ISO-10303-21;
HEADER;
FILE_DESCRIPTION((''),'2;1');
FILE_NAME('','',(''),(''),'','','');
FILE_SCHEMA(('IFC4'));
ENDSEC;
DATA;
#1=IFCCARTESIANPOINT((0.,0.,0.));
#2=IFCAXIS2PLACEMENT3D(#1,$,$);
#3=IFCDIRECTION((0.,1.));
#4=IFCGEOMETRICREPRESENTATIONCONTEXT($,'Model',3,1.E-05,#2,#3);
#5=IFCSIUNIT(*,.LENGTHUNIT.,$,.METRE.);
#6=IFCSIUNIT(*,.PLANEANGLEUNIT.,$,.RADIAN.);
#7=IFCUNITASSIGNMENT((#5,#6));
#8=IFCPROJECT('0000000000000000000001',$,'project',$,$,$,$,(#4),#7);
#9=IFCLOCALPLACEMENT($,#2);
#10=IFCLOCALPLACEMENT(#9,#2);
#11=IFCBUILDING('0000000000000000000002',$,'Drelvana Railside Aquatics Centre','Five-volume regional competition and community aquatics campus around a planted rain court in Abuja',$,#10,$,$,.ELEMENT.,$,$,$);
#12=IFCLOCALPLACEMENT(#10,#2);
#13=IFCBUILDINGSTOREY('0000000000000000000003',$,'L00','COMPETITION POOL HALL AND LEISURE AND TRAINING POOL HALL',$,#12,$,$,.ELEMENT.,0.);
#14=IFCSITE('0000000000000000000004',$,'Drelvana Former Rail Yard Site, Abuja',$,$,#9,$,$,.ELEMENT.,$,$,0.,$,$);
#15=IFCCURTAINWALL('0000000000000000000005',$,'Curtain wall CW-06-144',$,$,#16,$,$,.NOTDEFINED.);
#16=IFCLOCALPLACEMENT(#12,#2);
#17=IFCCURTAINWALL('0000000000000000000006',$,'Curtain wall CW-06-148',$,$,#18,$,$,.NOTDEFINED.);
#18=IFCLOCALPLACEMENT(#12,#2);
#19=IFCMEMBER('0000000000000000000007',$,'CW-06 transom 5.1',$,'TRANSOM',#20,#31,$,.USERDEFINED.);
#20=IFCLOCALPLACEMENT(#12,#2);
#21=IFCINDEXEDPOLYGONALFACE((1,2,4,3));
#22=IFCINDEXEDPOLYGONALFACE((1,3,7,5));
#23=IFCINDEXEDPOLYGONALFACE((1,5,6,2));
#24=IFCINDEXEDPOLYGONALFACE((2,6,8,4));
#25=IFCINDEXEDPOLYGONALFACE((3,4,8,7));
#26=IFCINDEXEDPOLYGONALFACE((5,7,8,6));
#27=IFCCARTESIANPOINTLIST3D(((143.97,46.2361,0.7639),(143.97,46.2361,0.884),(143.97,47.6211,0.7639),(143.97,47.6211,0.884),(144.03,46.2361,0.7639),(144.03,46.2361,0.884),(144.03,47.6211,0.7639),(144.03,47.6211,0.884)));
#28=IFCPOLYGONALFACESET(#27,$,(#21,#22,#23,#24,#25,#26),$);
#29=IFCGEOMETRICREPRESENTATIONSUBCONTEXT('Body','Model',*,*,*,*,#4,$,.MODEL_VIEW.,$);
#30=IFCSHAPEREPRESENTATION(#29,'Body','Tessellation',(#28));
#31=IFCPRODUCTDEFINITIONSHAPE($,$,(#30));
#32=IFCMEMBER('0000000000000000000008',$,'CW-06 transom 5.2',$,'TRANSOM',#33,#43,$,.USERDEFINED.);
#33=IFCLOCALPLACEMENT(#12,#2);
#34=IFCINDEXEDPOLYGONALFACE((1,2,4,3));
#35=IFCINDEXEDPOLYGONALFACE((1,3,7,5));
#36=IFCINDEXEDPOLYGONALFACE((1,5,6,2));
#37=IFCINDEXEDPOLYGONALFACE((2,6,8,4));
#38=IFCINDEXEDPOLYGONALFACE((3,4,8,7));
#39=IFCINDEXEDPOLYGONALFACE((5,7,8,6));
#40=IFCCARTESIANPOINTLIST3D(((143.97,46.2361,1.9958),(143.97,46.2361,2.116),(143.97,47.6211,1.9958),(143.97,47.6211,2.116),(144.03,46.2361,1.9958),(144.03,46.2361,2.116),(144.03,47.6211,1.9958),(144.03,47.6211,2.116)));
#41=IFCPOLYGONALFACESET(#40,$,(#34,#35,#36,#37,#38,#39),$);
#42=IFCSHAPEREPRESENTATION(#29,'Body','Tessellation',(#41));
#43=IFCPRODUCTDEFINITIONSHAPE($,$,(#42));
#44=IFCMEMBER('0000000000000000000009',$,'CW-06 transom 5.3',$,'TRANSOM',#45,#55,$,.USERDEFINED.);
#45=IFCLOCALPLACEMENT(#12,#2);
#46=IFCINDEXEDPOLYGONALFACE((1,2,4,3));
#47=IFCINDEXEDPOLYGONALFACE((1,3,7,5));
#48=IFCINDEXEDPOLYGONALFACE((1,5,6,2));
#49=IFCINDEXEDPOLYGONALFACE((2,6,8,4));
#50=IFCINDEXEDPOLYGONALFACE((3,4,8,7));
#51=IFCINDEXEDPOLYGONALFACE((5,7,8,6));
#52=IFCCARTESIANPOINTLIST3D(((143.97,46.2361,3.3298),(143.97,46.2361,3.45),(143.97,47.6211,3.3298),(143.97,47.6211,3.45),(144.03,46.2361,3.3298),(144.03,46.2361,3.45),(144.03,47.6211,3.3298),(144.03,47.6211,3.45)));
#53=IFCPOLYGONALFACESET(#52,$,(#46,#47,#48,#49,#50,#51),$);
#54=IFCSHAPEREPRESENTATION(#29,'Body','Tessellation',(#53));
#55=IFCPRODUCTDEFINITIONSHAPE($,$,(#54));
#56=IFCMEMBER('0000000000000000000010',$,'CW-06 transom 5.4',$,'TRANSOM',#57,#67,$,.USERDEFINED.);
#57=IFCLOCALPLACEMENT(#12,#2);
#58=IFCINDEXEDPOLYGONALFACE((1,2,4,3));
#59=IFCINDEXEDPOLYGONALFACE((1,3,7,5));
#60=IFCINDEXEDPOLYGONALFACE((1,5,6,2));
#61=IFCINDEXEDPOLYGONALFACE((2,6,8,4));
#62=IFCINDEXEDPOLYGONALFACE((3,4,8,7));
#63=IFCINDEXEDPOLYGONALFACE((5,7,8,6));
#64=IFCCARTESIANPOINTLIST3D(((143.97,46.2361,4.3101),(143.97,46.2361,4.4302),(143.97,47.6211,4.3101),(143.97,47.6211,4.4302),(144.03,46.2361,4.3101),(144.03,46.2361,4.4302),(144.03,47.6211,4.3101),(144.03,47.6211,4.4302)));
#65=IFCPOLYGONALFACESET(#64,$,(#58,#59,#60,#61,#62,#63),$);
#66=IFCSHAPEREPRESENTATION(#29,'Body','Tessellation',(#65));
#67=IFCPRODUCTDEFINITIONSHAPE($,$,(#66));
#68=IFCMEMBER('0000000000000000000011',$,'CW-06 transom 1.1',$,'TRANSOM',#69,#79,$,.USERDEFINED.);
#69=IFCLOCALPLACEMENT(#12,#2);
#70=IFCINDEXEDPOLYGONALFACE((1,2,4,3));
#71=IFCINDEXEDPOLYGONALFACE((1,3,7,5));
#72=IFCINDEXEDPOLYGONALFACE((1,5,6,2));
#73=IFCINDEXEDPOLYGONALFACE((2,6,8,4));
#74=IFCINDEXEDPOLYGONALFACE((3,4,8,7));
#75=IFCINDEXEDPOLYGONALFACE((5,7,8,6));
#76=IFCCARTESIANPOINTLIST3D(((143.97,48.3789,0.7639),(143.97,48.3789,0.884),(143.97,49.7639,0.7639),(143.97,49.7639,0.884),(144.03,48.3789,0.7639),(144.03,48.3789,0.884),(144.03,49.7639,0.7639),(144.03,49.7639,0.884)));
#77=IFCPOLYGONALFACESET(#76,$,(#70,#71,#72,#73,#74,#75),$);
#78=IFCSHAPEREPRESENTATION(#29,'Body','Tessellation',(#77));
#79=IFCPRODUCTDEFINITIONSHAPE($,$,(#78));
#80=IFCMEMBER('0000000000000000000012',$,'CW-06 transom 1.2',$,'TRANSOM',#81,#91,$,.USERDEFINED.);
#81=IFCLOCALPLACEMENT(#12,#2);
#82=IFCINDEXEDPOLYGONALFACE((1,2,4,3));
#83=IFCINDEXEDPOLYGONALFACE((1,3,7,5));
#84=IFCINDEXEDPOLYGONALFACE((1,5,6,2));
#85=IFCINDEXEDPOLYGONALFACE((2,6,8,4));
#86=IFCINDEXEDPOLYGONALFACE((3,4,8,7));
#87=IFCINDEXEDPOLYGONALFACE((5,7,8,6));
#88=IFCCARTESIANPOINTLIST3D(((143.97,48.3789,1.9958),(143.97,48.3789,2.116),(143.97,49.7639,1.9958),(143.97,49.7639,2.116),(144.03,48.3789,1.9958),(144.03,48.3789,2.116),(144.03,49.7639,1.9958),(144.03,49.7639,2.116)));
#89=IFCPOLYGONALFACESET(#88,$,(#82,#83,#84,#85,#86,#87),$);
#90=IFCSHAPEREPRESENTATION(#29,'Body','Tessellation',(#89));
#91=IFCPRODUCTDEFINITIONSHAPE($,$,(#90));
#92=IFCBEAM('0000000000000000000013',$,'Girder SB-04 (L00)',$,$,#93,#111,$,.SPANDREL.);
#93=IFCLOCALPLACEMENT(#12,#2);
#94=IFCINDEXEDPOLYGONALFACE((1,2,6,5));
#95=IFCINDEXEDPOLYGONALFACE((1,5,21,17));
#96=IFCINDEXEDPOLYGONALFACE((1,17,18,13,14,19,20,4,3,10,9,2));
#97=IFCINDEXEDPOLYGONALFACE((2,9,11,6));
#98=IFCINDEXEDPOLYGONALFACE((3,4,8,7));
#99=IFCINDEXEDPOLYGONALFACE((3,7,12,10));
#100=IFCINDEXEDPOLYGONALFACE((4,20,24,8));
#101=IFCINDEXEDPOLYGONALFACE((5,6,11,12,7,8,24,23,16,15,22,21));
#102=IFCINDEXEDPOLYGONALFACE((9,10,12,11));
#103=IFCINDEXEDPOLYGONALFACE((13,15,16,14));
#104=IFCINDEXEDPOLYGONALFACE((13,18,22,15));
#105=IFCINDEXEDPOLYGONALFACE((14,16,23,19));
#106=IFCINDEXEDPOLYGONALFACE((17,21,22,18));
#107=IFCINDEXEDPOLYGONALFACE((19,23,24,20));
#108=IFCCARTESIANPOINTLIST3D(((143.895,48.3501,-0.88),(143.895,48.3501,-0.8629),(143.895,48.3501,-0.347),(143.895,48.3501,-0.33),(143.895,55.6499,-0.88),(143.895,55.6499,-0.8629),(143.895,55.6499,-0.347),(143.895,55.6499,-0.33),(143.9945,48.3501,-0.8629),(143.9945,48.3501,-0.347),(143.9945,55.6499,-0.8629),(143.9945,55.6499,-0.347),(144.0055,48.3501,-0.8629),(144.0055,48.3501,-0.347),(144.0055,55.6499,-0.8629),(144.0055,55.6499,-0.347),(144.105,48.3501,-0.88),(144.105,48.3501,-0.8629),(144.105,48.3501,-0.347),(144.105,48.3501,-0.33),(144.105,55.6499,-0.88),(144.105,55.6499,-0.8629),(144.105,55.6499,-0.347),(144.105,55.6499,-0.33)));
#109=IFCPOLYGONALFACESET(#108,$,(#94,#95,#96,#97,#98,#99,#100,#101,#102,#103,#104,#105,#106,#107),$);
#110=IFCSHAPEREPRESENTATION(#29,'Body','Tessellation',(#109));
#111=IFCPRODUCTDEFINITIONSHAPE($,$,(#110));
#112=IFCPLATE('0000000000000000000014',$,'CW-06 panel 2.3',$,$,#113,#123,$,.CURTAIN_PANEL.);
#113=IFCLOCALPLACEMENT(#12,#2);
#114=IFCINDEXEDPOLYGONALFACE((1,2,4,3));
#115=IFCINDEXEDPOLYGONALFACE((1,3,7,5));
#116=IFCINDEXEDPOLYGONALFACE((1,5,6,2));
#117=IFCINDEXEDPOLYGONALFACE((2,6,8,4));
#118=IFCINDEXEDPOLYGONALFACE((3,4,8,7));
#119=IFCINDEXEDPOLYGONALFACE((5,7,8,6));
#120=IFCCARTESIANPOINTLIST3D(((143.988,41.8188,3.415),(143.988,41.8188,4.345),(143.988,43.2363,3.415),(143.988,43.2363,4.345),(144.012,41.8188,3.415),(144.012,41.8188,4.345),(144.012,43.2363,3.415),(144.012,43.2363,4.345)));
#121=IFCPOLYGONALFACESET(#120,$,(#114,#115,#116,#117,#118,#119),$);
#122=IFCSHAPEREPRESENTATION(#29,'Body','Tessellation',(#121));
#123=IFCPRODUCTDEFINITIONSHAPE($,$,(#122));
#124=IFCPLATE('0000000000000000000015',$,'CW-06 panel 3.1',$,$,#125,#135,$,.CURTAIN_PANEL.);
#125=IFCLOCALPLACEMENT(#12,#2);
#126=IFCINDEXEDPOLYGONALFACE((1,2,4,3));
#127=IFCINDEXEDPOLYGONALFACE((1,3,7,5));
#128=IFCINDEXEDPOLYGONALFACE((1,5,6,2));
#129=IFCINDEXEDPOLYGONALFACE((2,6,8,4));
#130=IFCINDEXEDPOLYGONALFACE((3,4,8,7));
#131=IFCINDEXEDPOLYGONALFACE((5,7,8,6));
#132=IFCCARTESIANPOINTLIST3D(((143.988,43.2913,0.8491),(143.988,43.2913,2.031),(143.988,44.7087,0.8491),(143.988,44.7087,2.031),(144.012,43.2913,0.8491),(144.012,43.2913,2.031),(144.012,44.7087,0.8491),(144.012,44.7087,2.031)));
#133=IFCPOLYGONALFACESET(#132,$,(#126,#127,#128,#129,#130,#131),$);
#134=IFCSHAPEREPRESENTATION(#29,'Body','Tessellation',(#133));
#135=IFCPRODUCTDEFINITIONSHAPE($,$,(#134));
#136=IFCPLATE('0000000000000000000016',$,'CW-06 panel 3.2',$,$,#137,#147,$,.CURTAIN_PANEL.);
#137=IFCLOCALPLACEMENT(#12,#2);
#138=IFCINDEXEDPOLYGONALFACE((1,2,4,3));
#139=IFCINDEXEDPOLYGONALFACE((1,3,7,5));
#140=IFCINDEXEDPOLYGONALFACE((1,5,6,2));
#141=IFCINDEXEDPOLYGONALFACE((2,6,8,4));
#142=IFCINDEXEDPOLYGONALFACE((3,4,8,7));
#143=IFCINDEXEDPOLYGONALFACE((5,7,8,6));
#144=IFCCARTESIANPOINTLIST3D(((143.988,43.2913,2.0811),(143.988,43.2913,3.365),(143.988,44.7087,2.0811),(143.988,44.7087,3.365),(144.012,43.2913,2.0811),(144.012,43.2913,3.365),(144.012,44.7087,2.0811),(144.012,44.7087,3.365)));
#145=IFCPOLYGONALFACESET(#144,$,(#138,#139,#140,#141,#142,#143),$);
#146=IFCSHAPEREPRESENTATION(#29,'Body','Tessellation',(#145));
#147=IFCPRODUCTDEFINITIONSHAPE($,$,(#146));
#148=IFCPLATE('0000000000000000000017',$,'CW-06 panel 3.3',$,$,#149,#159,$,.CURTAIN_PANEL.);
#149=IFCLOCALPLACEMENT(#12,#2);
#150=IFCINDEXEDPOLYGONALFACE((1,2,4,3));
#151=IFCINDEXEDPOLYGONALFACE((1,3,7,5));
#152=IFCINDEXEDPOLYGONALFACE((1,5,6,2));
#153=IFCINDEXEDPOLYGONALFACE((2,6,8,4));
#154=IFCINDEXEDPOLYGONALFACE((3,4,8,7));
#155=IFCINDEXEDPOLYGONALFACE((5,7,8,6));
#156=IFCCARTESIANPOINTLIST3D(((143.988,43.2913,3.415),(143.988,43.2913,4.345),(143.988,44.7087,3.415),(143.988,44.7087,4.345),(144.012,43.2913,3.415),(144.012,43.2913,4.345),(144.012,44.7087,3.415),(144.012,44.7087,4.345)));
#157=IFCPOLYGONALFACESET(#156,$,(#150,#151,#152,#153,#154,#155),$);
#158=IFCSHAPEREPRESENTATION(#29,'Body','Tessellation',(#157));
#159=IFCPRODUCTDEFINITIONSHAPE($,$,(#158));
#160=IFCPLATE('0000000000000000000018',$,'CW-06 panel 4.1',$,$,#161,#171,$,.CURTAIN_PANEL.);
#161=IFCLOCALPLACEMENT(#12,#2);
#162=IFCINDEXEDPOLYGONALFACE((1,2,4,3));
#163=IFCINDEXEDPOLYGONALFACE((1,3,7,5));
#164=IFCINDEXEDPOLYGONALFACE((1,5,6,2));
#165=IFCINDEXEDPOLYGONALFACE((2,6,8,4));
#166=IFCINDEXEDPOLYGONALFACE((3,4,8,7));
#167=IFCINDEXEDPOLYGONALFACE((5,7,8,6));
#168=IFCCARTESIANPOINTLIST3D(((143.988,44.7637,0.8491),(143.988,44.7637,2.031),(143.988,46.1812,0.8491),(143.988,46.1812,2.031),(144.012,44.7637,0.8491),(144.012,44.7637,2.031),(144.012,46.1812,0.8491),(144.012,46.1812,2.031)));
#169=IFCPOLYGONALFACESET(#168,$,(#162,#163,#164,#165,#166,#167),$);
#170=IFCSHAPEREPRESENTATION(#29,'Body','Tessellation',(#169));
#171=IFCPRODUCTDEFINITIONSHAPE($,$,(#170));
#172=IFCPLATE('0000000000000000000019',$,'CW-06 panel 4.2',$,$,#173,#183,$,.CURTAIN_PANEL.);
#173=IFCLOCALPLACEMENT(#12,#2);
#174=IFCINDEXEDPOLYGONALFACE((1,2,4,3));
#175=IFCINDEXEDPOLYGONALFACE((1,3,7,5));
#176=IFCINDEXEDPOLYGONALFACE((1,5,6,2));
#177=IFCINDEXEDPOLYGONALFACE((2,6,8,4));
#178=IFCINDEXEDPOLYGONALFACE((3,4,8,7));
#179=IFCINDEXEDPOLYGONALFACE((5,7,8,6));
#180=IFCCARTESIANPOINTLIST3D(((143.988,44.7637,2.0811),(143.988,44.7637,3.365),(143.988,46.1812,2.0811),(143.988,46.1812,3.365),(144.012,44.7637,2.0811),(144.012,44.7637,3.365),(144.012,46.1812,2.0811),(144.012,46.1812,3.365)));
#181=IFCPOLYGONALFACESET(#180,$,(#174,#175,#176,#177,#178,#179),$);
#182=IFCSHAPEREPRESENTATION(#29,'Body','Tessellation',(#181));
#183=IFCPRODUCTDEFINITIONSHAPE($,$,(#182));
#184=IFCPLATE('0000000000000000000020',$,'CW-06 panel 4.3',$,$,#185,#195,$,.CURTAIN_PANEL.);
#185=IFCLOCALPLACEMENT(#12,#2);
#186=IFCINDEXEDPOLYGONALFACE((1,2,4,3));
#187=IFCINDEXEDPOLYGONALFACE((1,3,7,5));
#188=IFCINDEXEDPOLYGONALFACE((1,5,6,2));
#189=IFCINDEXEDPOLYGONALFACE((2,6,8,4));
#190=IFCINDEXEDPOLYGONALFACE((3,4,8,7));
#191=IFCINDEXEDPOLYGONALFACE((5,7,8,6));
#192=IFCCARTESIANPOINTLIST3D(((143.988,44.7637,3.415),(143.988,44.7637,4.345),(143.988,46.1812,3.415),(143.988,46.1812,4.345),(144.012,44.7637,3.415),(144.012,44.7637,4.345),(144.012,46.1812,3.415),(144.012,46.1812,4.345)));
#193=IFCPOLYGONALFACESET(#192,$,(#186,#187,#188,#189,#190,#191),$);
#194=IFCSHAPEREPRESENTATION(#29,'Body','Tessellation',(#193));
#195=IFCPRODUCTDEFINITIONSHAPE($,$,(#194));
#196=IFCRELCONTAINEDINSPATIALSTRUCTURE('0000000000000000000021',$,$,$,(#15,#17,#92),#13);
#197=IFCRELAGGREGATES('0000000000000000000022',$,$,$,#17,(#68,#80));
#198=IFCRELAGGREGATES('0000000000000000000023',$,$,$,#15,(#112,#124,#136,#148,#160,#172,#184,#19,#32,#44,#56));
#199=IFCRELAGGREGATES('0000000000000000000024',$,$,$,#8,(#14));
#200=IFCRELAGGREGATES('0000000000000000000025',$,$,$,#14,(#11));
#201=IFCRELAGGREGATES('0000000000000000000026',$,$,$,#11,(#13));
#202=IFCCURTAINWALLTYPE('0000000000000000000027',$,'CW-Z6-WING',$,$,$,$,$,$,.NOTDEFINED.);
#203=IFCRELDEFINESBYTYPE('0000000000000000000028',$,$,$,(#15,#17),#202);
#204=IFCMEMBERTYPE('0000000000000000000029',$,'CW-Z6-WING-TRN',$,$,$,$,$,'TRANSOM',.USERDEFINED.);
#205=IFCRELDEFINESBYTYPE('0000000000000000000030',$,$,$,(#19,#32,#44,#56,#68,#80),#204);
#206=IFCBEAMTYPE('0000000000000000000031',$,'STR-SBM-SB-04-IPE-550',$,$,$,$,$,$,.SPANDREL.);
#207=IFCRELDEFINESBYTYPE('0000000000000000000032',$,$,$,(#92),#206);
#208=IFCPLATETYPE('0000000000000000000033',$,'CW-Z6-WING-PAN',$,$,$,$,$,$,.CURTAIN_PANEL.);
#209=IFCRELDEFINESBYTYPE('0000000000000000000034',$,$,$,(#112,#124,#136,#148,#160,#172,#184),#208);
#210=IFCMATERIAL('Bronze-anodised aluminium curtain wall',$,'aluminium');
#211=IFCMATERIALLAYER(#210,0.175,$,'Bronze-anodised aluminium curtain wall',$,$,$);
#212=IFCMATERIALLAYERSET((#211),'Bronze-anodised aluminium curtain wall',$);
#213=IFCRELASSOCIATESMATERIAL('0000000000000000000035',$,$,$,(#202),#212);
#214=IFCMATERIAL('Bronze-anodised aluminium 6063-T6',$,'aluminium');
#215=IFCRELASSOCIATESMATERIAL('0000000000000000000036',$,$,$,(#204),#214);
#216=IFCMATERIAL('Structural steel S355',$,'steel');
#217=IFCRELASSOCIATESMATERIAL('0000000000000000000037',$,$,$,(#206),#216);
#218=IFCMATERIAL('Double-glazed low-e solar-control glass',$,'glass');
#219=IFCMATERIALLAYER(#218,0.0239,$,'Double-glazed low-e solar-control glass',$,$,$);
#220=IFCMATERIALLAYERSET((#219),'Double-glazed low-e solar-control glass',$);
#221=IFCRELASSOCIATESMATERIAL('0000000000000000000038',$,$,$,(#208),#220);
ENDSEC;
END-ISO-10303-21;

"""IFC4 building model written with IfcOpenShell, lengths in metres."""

from ifc_helpers import new_model, si_unit, direction, frame, origin, origin_2d, place, context, subcontext, project, spatial, rectangle, i_section, extrude, material, layer, layer_set, material_profile, profile_set, type_object, element, aggregate, save


model = new_model("IFC4")

# Units and contexts
model_context = context("Model", 3, precision=1e-05, world=origin(), true_north=direction((0.0, 1.0)))
body_context = subcontext(model_context, "Body", "Model", "MODEL_VIEW")
ifc_project = project(units=[si_unit("LENGTHUNIT", "METRE"), si_unit("PLANEANGLEUNIT", "RADIAN")], contexts=[model_context])

# Site, building, storey
site_placement = place(None, origin())
site = spatial("IfcSite", under=ifc_project, at=site_placement, Name="Drelvana Former Rail Yard Site, Abuja", CompositionType="ELEMENT", RefElevation=0.0)
building_placement = place(site_placement, origin())
building = spatial("IfcBuilding", under=site, at=building_placement, Name="Drelvana Railside Aquatics Centre", Description="Five-volume regional competition and community aquatics campus around a planted rain court in Abuja", CompositionType="ELEMENT")
storey_placement = place(building_placement, origin())
storey = spatial("IfcBuildingStorey", under=building, at=storey_placement, Name="L00", Description="COMPETITION POOL HALL AND LEISURE AND TRAINING POOL HALL", CompositionType="ELEMENT", Elevation=0.0)

# Curtain wall
ifc_material_1 = material(Name="Bronze-anodised aluminium curtain wall", Category="aluminium")
ifc_layer_1 = layer(ifc_material_1, 0.175, Name="Bronze-anodised aluminium curtain wall")
ifc_layer_set_1 = layer_set([ifc_layer_1], Name="Bronze-anodised aluminium curtain wall")
curtain_wall_type = type_object("IfcCurtainWallType", Name="CW-Z6-WING", PredefinedType="NOTDEFINED", material=ifc_layer_set_1)
curtain_wall_1_placement = place(storey_placement, origin())
curtain_wall_1 = element("IfcCurtainWall", 1, at=curtain_wall_1_placement, inside=storey, type_object=curtain_wall_type, Name="Curtain wall CW-06-144", PredefinedType="NOTDEFINED")
ifc_material_2 = material(Name="Bronze-anodised aluminium 6063-T6", Category="aluminium")

# Curtain wall
curtain_wall_2_placement = place(storey_placement, origin())
curtain_wall_2 = element("IfcCurtainWall", 2, at=curtain_wall_2_placement, inside=storey, type_object=curtain_wall_type, Name="Curtain wall CW-06-148", PredefinedType="NOTDEFINED")

# Members
ifc_material_profile_1 = material_profile(ifc_material_2, rectangle(XDim=0.1201, YDim=0.0601, at=origin_2d()), Name="ALU-T 60x120")
ifc_profile_set_1 = profile_set([ifc_material_profile_1], Name="Bronze-anodised aluminium 6063-T6")
member_type_1 = type_object("IfcMemberType", Name="CW-Z6-WING-TRN", ElementType="TRANSOM", PredefinedType="USERDEFINED", material=ifc_profile_set_1)
member_1_placement = place(storey_placement, frame((144.0, 46.2361, 0.824), z_axis=(0.0, 1.0, 0.0), x_axis=(0.0, 0.0, 1.0)))
member_1 = element("IfcMember", 3, at=member_1_placement, type_object=member_type_1, Name="CW-06 transom 5.1", ObjectType="TRANSOM", PredefinedType="USERDEFINED", context=body_context, shape_type="SweptSolid", body=[
    extrude(rectangle(XDim=0.1201, YDim=0.0601, at=origin_2d()), origin(), (0.0, 0.0, 1.0), 1.385),
])
member_2_placement = place(storey_placement, frame((144.0, 46.2361, 2.0559), z_axis=(0.0, 1.0, 0.0), x_axis=(0.0, 0.0, 1.0)))
member_2 = element("IfcMember", 4, at=member_2_placement, type_object=member_type_1, Name="CW-06 transom 5.2", ObjectType="TRANSOM", PredefinedType="USERDEFINED", context=body_context, shape_type="SweptSolid", body=[
    extrude(rectangle(XDim=0.1201, YDim=0.0601, at=origin_2d()), origin(), (0.0, 0.0, 1.0), 1.385),
])
member_3_placement = place(storey_placement, frame((144.0, 46.2361, 3.3899), z_axis=(0.0, 1.0, 0.0), x_axis=(0.0, 0.0, 1.0)))
member_3 = element("IfcMember", 5, at=member_3_placement, type_object=member_type_1, Name="CW-06 transom 5.3", ObjectType="TRANSOM", PredefinedType="USERDEFINED", context=body_context, shape_type="SweptSolid", body=[
    extrude(rectangle(XDim=0.1201, YDim=0.0601, at=origin_2d()), origin(), (0.0, 0.0, 1.0), 1.385),
])
member_4_placement = place(storey_placement, frame((144.0, 46.2361, 4.3701), z_axis=(0.0, 1.0, 0.0), x_axis=(0.0, 0.0, 1.0)))
member_4 = element("IfcMember", 6, at=member_4_placement, type_object=member_type_1, Name="CW-06 transom 5.4", ObjectType="TRANSOM", PredefinedType="USERDEFINED", context=body_context, shape_type="SweptSolid", body=[
    extrude(rectangle(XDim=0.1201, YDim=0.0601, at=origin_2d()), origin(), (0.0, 0.0, 1.0), 1.385),
])
member_5_placement = place(storey_placement, frame((144.0, 48.3789, 0.824), z_axis=(0.0, 1.0, 0.0), x_axis=(0.0, 0.0, 1.0)))
member_5 = element("IfcMember", 7, at=member_5_placement, type_object=member_type_1, Name="CW-06 transom 1.1", ObjectType="TRANSOM", PredefinedType="USERDEFINED", context=body_context, shape_type="SweptSolid", body=[
    extrude(rectangle(XDim=0.1201, YDim=0.0601, at=origin_2d()), origin(), (0.0, 0.0, 1.0), 1.385),
])
member_6_placement = place(storey_placement, frame((144.0, 48.3789, 2.0559), z_axis=(0.0, 1.0, 0.0), x_axis=(0.0, 0.0, 1.0)))
member_6 = element("IfcMember", 8, at=member_6_placement, type_object=member_type_1, Name="CW-06 transom 1.2", ObjectType="TRANSOM", PredefinedType="USERDEFINED", context=body_context, shape_type="SweptSolid", body=[
    extrude(rectangle(XDim=0.1201, YDim=0.0601, at=origin_2d()), origin(), (0.0, 0.0, 1.0), 1.385),
])
aggregate(curtain_wall_2, [member_5, member_6])

# Beam
ifc_material_3 = material(Name="Structural steel S355", Category="steel")
ifc_material_profile_2 = material_profile(ifc_material_3, i_section(OverallWidth=0.21, OverallDepth=0.55, WebThickness=0.011, FlangeThickness=0.0171, at=origin_2d()), Name="IPE 550")
ifc_profile_set_2 = profile_set([ifc_material_profile_2], Name="Structural steel S355")
beam_type = type_object("IfcBeamType", Name="STR-SBM-SB-04-IPE-550", PredefinedType="SPANDREL", material=ifc_profile_set_2)
beam_placement = place(storey_placement, frame((144.0, 48.3501, -0.605), z_axis=(0.0, 1.0, 0.0), x_axis=(-1.0, 0.0, 0.0)))
element("IfcBeam", 9, at=beam_placement, inside=storey, type_object=beam_type, Name="Girder SB-04 (L00)", PredefinedType="SPANDREL", context=body_context, shape_type="SweptSolid", body=[
    extrude(i_section(OverallWidth=0.21, OverallDepth=0.55, WebThickness=0.011, FlangeThickness=0.0171, at=origin_2d()), origin(), (0.0, 0.0, 1.0), 7.2998),
])

# Plates
ifc_material_4 = material(Name="Double-glazed low-e solar-control glass", Category="glass")
ifc_layer_2 = layer(ifc_material_4, 0.0239, Name="Double-glazed low-e solar-control glass")
ifc_layer_set_2 = layer_set([ifc_layer_2], Name="Double-glazed low-e solar-control glass")
plate_type = type_object("IfcPlateType", Name="CW-Z6-WING-PAN", PredefinedType="CURTAIN_PANEL", material=ifc_layer_set_2)
plate_1_placement = place(storey_placement, frame((144.0, 42.5276, 3.415), z_axis=(0.0, 0.0, 1.0), x_axis=(0.0, 1.0, 0.0)))
plate_1 = element("IfcPlate", 10, at=plate_1_placement, type_object=plate_type, Name="CW-06 panel 2.3", PredefinedType="CURTAIN_PANEL", context=body_context, shape_type="SweptSolid", body=[
    extrude(rectangle(XDim=1.4175, YDim=0.0239, at=origin_2d()), origin(), (0.0, 0.0, 1.0), 0.9299),
])
plate_2_placement = place(storey_placement, frame((144.0, 44.0, 0.8491), z_axis=(0.0, 0.0, 1.0), x_axis=(0.0, 1.0, 0.0)))
plate_2 = element("IfcPlate", 11, at=plate_2_placement, type_object=plate_type, Name="CW-06 panel 3.1", PredefinedType="CURTAIN_PANEL", context=body_context, shape_type="SweptSolid", body=[
    extrude(rectangle(XDim=1.4175, YDim=0.0239, at=origin_2d()), origin(), (0.0, 0.0, 1.0), 1.1819),
])
plate_3_placement = place(storey_placement, frame((144.0, 44.0, 2.0811), z_axis=(0.0, 0.0, 1.0), x_axis=(0.0, 1.0, 0.0)))
plate_3 = element("IfcPlate", 12, at=plate_3_placement, type_object=plate_type, Name="CW-06 panel 3.2", PredefinedType="CURTAIN_PANEL", context=body_context, shape_type="SweptSolid", body=[
    extrude(rectangle(XDim=1.4175, YDim=0.0239, at=origin_2d()), origin(), (0.0, 0.0, 1.0), 1.2839),
])
plate_4_placement = place(storey_placement, frame((144.0, 44.0, 3.415), z_axis=(0.0, 0.0, 1.0), x_axis=(0.0, 1.0, 0.0)))
plate_4 = element("IfcPlate", 13, at=plate_4_placement, type_object=plate_type, Name="CW-06 panel 3.3", PredefinedType="CURTAIN_PANEL", context=body_context, shape_type="SweptSolid", body=[
    extrude(rectangle(XDim=1.4175, YDim=0.0239, at=origin_2d()), origin(), (0.0, 0.0, 1.0), 0.9299),
])
plate_5_placement = place(storey_placement, frame((144.0, 45.4724, 0.8491), z_axis=(0.0, 0.0, 1.0), x_axis=(0.0, 1.0, 0.0)))
plate_5 = element("IfcPlate", 14, at=plate_5_placement, type_object=plate_type, Name="CW-06 panel 4.1", PredefinedType="CURTAIN_PANEL", context=body_context, shape_type="SweptSolid", body=[
    extrude(rectangle(XDim=1.4175, YDim=0.0239, at=origin_2d()), origin(), (0.0, 0.0, 1.0), 1.1819),
])
plate_6_placement = place(storey_placement, frame((144.0, 45.4724, 2.0811), z_axis=(0.0, 0.0, 1.0), x_axis=(0.0, 1.0, 0.0)))
plate_6 = element("IfcPlate", 15, at=plate_6_placement, type_object=plate_type, Name="CW-06 panel 4.2", PredefinedType="CURTAIN_PANEL", context=body_context, shape_type="SweptSolid", body=[
    extrude(rectangle(XDim=1.4175, YDim=0.0239, at=origin_2d()), origin(), (0.0, 0.0, 1.0), 1.2839),
])
plate_7_placement = place(storey_placement, frame((144.0, 45.4724, 3.415), z_axis=(0.0, 0.0, 1.0), x_axis=(0.0, 1.0, 0.0)))
plate_7 = element("IfcPlate", 16, at=plate_7_placement, type_object=plate_type, Name="CW-06 panel 4.3", PredefinedType="CURTAIN_PANEL", context=body_context, shape_type="SweptSolid", body=[
    extrude(rectangle(XDim=1.4175, YDim=0.0239, at=origin_2d()), origin(), (0.0, 0.0, 1.0), 0.9299),
])
aggregate(curtain_wall_1, [plate_1, plate_2, plate_3, plate_4, plate_5, plate_6, plate_7, member_1, member_2, member_3, member_4])

save(model, "model.ifc")
